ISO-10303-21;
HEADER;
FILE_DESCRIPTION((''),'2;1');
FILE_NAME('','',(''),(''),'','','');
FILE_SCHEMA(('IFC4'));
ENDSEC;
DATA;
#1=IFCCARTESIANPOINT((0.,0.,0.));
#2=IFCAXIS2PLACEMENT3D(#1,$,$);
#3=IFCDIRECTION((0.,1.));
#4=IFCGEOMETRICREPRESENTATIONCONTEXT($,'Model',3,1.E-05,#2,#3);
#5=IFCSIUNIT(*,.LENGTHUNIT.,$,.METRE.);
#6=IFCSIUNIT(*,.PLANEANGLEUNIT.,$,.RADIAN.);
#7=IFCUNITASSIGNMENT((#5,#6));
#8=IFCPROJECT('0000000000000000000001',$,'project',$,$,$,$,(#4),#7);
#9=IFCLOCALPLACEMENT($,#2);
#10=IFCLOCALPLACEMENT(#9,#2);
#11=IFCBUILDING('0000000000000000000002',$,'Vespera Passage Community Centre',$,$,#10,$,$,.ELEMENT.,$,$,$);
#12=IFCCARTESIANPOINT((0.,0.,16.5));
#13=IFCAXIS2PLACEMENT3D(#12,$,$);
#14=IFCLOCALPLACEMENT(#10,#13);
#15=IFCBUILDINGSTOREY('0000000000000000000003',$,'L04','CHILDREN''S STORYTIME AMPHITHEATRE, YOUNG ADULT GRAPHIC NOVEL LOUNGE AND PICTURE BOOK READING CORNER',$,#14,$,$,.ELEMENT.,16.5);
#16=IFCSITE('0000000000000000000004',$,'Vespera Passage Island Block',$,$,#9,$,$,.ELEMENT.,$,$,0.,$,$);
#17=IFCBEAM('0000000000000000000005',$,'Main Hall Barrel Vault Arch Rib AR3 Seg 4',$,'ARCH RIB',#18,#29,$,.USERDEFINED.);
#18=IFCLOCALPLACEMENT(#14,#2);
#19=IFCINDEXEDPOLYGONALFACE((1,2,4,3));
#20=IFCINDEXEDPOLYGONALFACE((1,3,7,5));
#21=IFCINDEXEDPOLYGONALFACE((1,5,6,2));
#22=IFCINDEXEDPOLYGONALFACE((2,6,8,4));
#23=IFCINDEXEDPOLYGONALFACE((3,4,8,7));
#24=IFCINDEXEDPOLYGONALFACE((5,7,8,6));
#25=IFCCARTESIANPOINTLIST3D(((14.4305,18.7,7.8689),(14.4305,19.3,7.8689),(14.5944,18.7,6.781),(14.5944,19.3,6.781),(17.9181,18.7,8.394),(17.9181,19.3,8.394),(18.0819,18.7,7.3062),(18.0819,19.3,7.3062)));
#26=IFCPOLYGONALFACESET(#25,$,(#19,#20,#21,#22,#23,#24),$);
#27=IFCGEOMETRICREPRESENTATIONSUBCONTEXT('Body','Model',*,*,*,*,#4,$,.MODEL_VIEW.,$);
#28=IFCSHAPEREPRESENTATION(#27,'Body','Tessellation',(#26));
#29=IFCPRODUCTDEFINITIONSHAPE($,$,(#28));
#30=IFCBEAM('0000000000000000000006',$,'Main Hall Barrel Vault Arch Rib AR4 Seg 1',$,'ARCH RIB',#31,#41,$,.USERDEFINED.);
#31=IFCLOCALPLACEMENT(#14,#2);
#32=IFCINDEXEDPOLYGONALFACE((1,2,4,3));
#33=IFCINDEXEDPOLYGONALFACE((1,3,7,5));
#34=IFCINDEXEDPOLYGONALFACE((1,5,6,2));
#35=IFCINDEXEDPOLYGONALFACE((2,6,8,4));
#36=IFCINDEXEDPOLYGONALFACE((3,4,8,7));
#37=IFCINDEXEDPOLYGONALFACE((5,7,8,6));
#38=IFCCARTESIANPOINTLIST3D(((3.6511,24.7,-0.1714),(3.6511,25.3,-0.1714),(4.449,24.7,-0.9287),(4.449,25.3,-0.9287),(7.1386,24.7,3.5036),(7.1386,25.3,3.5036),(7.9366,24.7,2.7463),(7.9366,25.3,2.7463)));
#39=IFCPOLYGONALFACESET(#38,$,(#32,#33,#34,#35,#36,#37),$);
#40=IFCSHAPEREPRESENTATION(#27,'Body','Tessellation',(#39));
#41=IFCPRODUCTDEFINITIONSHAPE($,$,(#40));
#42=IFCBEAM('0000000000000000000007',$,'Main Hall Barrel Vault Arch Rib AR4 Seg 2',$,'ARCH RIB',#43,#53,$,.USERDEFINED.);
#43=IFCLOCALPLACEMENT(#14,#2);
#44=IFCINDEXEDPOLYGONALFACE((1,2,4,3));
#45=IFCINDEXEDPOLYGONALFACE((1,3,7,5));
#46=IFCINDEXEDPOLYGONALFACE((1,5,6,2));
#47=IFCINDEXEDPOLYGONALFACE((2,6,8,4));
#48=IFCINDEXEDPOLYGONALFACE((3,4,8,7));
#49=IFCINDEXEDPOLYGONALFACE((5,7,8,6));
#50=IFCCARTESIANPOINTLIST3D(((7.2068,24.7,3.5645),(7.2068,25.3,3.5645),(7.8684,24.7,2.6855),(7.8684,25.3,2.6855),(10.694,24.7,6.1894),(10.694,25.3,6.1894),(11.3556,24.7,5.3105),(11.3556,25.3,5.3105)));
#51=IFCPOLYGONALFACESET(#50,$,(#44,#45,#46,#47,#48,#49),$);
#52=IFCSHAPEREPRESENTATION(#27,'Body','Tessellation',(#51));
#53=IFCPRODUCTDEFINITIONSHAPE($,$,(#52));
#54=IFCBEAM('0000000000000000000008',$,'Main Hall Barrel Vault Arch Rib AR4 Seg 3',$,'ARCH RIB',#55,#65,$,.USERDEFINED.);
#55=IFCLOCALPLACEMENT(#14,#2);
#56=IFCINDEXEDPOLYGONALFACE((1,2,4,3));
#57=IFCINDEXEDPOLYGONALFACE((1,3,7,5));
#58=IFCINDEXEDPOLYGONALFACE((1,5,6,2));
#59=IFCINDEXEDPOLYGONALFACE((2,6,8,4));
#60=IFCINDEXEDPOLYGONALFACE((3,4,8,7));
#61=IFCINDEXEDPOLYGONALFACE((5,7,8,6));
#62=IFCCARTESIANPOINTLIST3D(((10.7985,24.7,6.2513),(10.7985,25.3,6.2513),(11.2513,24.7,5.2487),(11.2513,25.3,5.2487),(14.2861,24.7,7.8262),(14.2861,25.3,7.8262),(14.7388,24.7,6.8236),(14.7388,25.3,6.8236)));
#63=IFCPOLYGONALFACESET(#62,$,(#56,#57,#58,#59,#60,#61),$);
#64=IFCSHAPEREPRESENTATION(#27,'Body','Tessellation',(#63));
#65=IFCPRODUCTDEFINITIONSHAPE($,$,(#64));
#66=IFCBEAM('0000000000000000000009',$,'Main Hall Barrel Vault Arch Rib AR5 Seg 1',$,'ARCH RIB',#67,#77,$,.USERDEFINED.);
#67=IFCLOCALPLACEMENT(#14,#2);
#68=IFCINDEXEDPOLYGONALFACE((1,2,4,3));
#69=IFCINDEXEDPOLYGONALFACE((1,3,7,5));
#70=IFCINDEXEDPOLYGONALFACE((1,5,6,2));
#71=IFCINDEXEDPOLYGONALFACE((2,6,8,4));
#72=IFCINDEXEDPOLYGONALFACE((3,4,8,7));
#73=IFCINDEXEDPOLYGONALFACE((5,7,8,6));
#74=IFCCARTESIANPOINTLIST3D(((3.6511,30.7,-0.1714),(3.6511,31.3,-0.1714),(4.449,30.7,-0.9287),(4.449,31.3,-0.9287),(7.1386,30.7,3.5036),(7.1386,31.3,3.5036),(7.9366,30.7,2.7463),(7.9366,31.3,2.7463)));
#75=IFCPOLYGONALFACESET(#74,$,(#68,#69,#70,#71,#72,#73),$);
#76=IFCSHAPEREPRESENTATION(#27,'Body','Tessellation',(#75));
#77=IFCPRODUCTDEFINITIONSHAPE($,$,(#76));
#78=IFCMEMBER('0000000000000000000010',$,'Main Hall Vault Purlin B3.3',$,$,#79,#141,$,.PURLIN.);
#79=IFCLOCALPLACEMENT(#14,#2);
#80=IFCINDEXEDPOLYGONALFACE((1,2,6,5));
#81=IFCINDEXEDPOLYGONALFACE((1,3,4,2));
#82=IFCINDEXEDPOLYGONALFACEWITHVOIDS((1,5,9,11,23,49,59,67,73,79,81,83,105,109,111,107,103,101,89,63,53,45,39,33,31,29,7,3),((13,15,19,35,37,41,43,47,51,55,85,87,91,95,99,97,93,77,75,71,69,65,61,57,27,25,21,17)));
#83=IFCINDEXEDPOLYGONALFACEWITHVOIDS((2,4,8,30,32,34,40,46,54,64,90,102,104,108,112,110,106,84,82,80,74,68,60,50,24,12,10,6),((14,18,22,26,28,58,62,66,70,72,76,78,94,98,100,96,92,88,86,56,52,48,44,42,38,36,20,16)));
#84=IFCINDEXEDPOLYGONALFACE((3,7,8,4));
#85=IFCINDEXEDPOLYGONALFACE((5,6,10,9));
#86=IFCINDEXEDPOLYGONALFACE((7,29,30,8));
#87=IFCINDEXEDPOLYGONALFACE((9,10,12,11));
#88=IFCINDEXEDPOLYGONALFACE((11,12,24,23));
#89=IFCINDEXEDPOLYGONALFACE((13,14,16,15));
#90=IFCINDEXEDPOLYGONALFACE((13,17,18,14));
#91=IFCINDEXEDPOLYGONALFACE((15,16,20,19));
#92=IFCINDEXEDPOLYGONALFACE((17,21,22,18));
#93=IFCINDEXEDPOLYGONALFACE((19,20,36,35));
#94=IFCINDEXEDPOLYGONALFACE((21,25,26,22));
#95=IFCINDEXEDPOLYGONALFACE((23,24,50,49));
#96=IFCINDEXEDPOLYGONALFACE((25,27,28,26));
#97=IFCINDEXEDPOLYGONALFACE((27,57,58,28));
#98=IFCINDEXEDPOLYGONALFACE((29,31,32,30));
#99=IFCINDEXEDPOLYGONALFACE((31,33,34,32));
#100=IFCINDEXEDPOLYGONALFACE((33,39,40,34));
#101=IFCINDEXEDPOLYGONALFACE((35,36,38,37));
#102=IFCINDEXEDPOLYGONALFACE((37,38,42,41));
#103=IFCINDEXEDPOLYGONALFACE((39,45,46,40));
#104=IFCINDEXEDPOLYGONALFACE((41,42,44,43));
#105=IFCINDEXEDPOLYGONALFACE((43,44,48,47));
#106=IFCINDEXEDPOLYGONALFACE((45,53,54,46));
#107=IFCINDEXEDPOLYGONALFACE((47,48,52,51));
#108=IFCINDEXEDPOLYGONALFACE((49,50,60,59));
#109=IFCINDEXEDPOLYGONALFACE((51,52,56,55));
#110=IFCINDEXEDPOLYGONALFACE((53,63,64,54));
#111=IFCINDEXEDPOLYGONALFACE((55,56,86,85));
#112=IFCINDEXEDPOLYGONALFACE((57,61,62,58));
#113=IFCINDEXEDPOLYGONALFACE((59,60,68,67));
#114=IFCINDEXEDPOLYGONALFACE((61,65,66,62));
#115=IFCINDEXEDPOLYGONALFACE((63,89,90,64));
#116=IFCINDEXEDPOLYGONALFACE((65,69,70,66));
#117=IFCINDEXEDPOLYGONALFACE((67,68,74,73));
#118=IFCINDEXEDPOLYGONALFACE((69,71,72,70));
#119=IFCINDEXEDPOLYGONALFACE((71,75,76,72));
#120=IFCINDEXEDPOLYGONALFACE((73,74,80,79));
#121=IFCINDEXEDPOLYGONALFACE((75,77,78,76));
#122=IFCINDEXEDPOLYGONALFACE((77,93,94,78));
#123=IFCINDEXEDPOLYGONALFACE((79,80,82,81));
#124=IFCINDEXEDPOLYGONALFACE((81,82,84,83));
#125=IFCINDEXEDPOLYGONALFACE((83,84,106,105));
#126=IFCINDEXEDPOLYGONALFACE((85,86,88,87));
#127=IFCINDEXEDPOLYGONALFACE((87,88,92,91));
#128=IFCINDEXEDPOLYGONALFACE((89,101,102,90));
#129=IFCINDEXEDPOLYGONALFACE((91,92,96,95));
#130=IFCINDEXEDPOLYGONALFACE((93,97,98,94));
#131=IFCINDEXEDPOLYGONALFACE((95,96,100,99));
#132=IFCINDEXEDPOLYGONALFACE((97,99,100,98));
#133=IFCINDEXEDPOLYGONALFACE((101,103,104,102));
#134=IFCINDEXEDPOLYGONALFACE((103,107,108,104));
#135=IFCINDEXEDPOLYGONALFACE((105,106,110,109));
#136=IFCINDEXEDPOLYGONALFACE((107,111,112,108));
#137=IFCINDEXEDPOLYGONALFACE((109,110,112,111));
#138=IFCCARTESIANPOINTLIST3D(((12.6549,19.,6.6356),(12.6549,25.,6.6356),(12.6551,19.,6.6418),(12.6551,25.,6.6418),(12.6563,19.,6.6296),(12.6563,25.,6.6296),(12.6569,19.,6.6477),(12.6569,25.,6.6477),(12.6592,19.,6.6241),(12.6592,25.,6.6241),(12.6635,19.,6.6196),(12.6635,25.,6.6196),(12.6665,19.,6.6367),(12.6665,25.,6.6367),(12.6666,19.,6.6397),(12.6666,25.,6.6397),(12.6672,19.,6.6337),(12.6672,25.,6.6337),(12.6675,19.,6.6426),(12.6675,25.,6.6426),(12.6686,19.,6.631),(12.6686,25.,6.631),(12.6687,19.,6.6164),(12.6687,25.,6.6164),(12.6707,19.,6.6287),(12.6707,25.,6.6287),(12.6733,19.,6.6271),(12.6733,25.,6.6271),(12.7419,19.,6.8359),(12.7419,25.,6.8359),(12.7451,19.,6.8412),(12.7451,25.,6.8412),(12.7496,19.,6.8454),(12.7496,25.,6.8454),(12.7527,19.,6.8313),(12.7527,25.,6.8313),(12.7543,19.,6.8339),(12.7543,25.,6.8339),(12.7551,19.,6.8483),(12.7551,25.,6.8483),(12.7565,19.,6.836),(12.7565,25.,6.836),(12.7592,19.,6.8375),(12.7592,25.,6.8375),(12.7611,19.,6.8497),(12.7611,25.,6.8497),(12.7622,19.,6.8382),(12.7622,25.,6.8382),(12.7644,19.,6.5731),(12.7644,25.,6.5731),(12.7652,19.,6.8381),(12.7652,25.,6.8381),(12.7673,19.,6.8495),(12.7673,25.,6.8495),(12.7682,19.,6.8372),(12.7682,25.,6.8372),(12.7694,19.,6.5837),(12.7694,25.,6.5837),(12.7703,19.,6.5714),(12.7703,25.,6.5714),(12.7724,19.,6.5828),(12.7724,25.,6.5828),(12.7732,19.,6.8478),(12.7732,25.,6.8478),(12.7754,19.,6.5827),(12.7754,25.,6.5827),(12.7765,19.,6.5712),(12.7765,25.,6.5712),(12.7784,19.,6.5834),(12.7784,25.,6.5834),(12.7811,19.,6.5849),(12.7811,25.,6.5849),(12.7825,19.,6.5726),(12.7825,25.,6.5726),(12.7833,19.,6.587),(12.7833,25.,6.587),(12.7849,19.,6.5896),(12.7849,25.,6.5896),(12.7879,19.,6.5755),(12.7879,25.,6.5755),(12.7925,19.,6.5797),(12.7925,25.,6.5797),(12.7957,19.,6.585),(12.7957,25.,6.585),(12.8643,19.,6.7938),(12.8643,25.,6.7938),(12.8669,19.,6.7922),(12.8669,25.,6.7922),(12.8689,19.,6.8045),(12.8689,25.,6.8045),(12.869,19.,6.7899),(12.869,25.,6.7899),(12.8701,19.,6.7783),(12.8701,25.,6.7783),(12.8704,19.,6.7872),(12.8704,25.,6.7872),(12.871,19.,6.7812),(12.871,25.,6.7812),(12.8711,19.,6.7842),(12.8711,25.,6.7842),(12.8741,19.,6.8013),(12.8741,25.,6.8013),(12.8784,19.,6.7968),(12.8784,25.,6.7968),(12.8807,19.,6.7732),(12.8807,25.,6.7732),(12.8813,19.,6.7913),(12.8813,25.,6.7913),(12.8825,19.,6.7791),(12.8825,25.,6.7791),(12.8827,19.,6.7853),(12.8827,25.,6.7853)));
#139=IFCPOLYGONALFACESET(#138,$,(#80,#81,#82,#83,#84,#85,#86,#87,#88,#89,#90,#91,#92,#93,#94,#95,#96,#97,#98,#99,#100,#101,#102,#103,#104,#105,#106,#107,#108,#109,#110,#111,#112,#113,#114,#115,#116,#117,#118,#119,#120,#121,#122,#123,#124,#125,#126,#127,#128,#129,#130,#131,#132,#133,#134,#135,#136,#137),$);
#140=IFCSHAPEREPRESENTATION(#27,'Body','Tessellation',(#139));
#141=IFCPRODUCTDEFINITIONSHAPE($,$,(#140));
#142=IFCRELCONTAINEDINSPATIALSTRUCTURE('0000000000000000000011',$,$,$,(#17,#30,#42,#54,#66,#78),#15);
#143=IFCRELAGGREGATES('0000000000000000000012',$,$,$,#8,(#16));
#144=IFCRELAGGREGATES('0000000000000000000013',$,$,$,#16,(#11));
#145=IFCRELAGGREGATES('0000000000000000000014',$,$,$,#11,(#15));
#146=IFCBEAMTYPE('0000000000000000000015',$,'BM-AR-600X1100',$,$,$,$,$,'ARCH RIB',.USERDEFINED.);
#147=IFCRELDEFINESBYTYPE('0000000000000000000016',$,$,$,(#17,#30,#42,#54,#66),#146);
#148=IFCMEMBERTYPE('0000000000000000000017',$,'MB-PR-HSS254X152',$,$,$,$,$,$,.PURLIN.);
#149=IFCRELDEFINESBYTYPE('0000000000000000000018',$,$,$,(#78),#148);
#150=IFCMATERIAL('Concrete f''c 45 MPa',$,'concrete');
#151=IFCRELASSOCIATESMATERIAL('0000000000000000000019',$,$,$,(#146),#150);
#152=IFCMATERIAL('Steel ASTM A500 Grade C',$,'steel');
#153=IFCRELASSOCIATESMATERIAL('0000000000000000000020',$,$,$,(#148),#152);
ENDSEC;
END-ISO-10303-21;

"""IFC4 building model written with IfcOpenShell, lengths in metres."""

from ifc_helpers import new_model, si_unit, direction, frame, origin, origin_2d, place, context, subcontext, project, spatial, rectangle, hollow_rectangle, extrude, material, material_profile, profile_set, type_object, element, save


model = new_model("IFC4")

# Units and contexts
model_context = context("Model", 3, precision=1e-05, world=origin(), true_north=direction((0.0, 1.0)))
body_context = subcontext(model_context, "Body", "Model", "MODEL_VIEW")
ifc_project = project(units=[si_unit("LENGTHUNIT", "METRE"), si_unit("PLANEANGLEUNIT", "RADIAN")], contexts=[model_context])

# Site, building, storey
site_placement = place(None, origin())
site = spatial("IfcSite", under=ifc_project, at=site_placement, Name="Vespera Passage Island Block", CompositionType="ELEMENT", RefElevation=0.0)
building_placement = place(site_placement, origin())
building = spatial("IfcBuilding", under=site, at=building_placement, Name="Vespera Passage Community Centre", CompositionType="ELEMENT")
storey_placement = place(building_placement, frame((0.0, 0.0, 16.5)))
storey = spatial("IfcBuildingStorey", under=building, at=storey_placement, Name="L04", Description="CHILDREN'S STORYTIME AMPHITHEATRE, YOUNG ADULT GRAPHIC NOVEL LOUNGE AND PICTURE BOOK READING CORNER", CompositionType="ELEMENT", Elevation=16.5)

# Beams
ifc_material_1 = material(Name="Concrete f'c 45 MPa", Category="concrete")
ifc_material_profile_1 = material_profile(ifc_material_1, rectangle(XDim=0.6001, YDim=1.1001, at=origin_2d()), Name="RC600X1100")
ifc_profile_set_1 = profile_set([ifc_material_profile_1], Name="Concrete f'c 45 MPa")
beam_type = type_object("IfcBeamType", Name="BM-AR-600X1100", ElementType="ARCH RIB", PredefinedType="USERDEFINED", material=ifc_profile_set_1)
beam_1_placement = place(storey_placement, frame((14.5125, 19.0, 7.325), z_axis=(0.988852, 0.0, 0.148899), x_axis=(0.0, 1.0, 0.0)))
element("IfcBeam", 1, at=beam_1_placement, inside=storey, type_object=beam_type, Name="Main Hall Barrel Vault Arch Rib AR3 Seg 4", ObjectType="ARCH RIB", PredefinedType="USERDEFINED", context=body_context, shape_type="SweptSolid", body=[
    extrude(rectangle(XDim=0.6001, YDim=1.1001, at=origin_2d()), origin(), (0.0, 0.0, 1.0), 3.5269),
])
beam_2_placement = place(storey_placement, frame((4.05, 25.0, -0.55), z_axis=(0.688361, 0.0, 0.725369), x_axis=(0.0, 1.0, 0.0)))
element("IfcBeam", 2, at=beam_2_placement, inside=storey, type_object=beam_type, Name="Main Hall Barrel Vault Arch Rib AR4 Seg 1", ObjectType="ARCH RIB", PredefinedType="USERDEFINED", context=body_context, shape_type="SweptSolid", body=[
    extrude(rectangle(XDim=0.6001, YDim=1.1001, at=origin_2d()), origin(), (0.0, 0.0, 1.0), 5.0664),
])
beam_3_placement = place(storey_placement, frame((7.5376, 25.0, 3.125), z_axis=(0.798952, 0.0, 0.601395), x_axis=(0.0, 1.0, 0.0)))
element("IfcBeam", 3, at=beam_3_placement, inside=storey, type_object=beam_type, Name="Main Hall Barrel Vault Arch Rib AR4 Seg 2", ObjectType="ARCH RIB", PredefinedType="USERDEFINED", context=body_context, shape_type="SweptSolid", body=[
    extrude(rectangle(XDim=0.6001, YDim=1.1001, at=origin_2d()), origin(), (0.0, 0.0, 1.0), 4.3647),
])
beam_4_placement = place(storey_placement, frame((11.0249, 25.0, 5.75), z_axis=(0.911378, 0.0, 0.411571), x_axis=(0.0, 1.0, 0.0)))
element("IfcBeam", 4, at=beam_4_placement, inside=storey, type_object=beam_type, Name="Main Hall Barrel Vault Arch Rib AR4 Seg 3", ObjectType="ARCH RIB", PredefinedType="USERDEFINED", context=body_context, shape_type="SweptSolid", body=[
    extrude(rectangle(XDim=0.6001, YDim=1.1001, at=origin_2d()), origin(), (0.0, 0.0, 1.0), 3.8267),
])
beam_5_placement = place(storey_placement, frame((4.05, 31.0, -0.55), z_axis=(0.688361, 0.0, 0.725369), x_axis=(0.0, 1.0, 0.0)))
element("IfcBeam", 5, at=beam_5_placement, inside=storey, type_object=beam_type, Name="Main Hall Barrel Vault Arch Rib AR5 Seg 1", ObjectType="ARCH RIB", PredefinedType="USERDEFINED", context=body_context, shape_type="SweptSolid", body=[
    extrude(rectangle(XDim=0.6001, YDim=1.1001, at=origin_2d()), origin(), (0.0, 0.0, 1.0), 5.0664),
])

# Member
ifc_material_2 = material(Name="Steel ASTM A500 Grade C", Category="steel")
ifc_material_profile_2 = material_profile(ifc_material_2, hollow_rectangle(XDim=0.1523, YDim=0.2539, WallThickness=0.0117, InnerFilletRadius=0.0117, OuterFilletRadius=0.0237, at=origin_2d()), Name="HSS254X152X12.7")
ifc_profile_set_2 = profile_set([ifc_material_profile_2], Name="Steel ASTM A500 Grade C")
member_type_1 = type_object("IfcMemberType", Name="MB-PR-HSS254X152", PredefinedType="PURLIN", material=ifc_profile_set_2)
for number, where, z_axis, x_axis, name in (
    (6, (12.7688, 19.0, 6.7104), (0.0, 1.0, 0.0), (-0.911367, 0.0, 0.411594), "Main Hall Vault Purlin B3.3"),
):
    element("IfcMember", number, at=place(storey_placement, frame(where, z_axis=z_axis, x_axis=x_axis)), inside=storey, type_object=member_type_1, Name=name, PredefinedType="PURLIN", context=body_context, shape_type="SweptSolid", body=[
        extrude(hollow_rectangle(XDim=0.1523, YDim=0.2539, WallThickness=0.0117, InnerFilletRadius=0.0117, OuterFilletRadius=0.0237, at=origin_2d()), origin(), (0.0, 0.0, 1.0), 6.0),
    ])

save(model, "model.ifc")
